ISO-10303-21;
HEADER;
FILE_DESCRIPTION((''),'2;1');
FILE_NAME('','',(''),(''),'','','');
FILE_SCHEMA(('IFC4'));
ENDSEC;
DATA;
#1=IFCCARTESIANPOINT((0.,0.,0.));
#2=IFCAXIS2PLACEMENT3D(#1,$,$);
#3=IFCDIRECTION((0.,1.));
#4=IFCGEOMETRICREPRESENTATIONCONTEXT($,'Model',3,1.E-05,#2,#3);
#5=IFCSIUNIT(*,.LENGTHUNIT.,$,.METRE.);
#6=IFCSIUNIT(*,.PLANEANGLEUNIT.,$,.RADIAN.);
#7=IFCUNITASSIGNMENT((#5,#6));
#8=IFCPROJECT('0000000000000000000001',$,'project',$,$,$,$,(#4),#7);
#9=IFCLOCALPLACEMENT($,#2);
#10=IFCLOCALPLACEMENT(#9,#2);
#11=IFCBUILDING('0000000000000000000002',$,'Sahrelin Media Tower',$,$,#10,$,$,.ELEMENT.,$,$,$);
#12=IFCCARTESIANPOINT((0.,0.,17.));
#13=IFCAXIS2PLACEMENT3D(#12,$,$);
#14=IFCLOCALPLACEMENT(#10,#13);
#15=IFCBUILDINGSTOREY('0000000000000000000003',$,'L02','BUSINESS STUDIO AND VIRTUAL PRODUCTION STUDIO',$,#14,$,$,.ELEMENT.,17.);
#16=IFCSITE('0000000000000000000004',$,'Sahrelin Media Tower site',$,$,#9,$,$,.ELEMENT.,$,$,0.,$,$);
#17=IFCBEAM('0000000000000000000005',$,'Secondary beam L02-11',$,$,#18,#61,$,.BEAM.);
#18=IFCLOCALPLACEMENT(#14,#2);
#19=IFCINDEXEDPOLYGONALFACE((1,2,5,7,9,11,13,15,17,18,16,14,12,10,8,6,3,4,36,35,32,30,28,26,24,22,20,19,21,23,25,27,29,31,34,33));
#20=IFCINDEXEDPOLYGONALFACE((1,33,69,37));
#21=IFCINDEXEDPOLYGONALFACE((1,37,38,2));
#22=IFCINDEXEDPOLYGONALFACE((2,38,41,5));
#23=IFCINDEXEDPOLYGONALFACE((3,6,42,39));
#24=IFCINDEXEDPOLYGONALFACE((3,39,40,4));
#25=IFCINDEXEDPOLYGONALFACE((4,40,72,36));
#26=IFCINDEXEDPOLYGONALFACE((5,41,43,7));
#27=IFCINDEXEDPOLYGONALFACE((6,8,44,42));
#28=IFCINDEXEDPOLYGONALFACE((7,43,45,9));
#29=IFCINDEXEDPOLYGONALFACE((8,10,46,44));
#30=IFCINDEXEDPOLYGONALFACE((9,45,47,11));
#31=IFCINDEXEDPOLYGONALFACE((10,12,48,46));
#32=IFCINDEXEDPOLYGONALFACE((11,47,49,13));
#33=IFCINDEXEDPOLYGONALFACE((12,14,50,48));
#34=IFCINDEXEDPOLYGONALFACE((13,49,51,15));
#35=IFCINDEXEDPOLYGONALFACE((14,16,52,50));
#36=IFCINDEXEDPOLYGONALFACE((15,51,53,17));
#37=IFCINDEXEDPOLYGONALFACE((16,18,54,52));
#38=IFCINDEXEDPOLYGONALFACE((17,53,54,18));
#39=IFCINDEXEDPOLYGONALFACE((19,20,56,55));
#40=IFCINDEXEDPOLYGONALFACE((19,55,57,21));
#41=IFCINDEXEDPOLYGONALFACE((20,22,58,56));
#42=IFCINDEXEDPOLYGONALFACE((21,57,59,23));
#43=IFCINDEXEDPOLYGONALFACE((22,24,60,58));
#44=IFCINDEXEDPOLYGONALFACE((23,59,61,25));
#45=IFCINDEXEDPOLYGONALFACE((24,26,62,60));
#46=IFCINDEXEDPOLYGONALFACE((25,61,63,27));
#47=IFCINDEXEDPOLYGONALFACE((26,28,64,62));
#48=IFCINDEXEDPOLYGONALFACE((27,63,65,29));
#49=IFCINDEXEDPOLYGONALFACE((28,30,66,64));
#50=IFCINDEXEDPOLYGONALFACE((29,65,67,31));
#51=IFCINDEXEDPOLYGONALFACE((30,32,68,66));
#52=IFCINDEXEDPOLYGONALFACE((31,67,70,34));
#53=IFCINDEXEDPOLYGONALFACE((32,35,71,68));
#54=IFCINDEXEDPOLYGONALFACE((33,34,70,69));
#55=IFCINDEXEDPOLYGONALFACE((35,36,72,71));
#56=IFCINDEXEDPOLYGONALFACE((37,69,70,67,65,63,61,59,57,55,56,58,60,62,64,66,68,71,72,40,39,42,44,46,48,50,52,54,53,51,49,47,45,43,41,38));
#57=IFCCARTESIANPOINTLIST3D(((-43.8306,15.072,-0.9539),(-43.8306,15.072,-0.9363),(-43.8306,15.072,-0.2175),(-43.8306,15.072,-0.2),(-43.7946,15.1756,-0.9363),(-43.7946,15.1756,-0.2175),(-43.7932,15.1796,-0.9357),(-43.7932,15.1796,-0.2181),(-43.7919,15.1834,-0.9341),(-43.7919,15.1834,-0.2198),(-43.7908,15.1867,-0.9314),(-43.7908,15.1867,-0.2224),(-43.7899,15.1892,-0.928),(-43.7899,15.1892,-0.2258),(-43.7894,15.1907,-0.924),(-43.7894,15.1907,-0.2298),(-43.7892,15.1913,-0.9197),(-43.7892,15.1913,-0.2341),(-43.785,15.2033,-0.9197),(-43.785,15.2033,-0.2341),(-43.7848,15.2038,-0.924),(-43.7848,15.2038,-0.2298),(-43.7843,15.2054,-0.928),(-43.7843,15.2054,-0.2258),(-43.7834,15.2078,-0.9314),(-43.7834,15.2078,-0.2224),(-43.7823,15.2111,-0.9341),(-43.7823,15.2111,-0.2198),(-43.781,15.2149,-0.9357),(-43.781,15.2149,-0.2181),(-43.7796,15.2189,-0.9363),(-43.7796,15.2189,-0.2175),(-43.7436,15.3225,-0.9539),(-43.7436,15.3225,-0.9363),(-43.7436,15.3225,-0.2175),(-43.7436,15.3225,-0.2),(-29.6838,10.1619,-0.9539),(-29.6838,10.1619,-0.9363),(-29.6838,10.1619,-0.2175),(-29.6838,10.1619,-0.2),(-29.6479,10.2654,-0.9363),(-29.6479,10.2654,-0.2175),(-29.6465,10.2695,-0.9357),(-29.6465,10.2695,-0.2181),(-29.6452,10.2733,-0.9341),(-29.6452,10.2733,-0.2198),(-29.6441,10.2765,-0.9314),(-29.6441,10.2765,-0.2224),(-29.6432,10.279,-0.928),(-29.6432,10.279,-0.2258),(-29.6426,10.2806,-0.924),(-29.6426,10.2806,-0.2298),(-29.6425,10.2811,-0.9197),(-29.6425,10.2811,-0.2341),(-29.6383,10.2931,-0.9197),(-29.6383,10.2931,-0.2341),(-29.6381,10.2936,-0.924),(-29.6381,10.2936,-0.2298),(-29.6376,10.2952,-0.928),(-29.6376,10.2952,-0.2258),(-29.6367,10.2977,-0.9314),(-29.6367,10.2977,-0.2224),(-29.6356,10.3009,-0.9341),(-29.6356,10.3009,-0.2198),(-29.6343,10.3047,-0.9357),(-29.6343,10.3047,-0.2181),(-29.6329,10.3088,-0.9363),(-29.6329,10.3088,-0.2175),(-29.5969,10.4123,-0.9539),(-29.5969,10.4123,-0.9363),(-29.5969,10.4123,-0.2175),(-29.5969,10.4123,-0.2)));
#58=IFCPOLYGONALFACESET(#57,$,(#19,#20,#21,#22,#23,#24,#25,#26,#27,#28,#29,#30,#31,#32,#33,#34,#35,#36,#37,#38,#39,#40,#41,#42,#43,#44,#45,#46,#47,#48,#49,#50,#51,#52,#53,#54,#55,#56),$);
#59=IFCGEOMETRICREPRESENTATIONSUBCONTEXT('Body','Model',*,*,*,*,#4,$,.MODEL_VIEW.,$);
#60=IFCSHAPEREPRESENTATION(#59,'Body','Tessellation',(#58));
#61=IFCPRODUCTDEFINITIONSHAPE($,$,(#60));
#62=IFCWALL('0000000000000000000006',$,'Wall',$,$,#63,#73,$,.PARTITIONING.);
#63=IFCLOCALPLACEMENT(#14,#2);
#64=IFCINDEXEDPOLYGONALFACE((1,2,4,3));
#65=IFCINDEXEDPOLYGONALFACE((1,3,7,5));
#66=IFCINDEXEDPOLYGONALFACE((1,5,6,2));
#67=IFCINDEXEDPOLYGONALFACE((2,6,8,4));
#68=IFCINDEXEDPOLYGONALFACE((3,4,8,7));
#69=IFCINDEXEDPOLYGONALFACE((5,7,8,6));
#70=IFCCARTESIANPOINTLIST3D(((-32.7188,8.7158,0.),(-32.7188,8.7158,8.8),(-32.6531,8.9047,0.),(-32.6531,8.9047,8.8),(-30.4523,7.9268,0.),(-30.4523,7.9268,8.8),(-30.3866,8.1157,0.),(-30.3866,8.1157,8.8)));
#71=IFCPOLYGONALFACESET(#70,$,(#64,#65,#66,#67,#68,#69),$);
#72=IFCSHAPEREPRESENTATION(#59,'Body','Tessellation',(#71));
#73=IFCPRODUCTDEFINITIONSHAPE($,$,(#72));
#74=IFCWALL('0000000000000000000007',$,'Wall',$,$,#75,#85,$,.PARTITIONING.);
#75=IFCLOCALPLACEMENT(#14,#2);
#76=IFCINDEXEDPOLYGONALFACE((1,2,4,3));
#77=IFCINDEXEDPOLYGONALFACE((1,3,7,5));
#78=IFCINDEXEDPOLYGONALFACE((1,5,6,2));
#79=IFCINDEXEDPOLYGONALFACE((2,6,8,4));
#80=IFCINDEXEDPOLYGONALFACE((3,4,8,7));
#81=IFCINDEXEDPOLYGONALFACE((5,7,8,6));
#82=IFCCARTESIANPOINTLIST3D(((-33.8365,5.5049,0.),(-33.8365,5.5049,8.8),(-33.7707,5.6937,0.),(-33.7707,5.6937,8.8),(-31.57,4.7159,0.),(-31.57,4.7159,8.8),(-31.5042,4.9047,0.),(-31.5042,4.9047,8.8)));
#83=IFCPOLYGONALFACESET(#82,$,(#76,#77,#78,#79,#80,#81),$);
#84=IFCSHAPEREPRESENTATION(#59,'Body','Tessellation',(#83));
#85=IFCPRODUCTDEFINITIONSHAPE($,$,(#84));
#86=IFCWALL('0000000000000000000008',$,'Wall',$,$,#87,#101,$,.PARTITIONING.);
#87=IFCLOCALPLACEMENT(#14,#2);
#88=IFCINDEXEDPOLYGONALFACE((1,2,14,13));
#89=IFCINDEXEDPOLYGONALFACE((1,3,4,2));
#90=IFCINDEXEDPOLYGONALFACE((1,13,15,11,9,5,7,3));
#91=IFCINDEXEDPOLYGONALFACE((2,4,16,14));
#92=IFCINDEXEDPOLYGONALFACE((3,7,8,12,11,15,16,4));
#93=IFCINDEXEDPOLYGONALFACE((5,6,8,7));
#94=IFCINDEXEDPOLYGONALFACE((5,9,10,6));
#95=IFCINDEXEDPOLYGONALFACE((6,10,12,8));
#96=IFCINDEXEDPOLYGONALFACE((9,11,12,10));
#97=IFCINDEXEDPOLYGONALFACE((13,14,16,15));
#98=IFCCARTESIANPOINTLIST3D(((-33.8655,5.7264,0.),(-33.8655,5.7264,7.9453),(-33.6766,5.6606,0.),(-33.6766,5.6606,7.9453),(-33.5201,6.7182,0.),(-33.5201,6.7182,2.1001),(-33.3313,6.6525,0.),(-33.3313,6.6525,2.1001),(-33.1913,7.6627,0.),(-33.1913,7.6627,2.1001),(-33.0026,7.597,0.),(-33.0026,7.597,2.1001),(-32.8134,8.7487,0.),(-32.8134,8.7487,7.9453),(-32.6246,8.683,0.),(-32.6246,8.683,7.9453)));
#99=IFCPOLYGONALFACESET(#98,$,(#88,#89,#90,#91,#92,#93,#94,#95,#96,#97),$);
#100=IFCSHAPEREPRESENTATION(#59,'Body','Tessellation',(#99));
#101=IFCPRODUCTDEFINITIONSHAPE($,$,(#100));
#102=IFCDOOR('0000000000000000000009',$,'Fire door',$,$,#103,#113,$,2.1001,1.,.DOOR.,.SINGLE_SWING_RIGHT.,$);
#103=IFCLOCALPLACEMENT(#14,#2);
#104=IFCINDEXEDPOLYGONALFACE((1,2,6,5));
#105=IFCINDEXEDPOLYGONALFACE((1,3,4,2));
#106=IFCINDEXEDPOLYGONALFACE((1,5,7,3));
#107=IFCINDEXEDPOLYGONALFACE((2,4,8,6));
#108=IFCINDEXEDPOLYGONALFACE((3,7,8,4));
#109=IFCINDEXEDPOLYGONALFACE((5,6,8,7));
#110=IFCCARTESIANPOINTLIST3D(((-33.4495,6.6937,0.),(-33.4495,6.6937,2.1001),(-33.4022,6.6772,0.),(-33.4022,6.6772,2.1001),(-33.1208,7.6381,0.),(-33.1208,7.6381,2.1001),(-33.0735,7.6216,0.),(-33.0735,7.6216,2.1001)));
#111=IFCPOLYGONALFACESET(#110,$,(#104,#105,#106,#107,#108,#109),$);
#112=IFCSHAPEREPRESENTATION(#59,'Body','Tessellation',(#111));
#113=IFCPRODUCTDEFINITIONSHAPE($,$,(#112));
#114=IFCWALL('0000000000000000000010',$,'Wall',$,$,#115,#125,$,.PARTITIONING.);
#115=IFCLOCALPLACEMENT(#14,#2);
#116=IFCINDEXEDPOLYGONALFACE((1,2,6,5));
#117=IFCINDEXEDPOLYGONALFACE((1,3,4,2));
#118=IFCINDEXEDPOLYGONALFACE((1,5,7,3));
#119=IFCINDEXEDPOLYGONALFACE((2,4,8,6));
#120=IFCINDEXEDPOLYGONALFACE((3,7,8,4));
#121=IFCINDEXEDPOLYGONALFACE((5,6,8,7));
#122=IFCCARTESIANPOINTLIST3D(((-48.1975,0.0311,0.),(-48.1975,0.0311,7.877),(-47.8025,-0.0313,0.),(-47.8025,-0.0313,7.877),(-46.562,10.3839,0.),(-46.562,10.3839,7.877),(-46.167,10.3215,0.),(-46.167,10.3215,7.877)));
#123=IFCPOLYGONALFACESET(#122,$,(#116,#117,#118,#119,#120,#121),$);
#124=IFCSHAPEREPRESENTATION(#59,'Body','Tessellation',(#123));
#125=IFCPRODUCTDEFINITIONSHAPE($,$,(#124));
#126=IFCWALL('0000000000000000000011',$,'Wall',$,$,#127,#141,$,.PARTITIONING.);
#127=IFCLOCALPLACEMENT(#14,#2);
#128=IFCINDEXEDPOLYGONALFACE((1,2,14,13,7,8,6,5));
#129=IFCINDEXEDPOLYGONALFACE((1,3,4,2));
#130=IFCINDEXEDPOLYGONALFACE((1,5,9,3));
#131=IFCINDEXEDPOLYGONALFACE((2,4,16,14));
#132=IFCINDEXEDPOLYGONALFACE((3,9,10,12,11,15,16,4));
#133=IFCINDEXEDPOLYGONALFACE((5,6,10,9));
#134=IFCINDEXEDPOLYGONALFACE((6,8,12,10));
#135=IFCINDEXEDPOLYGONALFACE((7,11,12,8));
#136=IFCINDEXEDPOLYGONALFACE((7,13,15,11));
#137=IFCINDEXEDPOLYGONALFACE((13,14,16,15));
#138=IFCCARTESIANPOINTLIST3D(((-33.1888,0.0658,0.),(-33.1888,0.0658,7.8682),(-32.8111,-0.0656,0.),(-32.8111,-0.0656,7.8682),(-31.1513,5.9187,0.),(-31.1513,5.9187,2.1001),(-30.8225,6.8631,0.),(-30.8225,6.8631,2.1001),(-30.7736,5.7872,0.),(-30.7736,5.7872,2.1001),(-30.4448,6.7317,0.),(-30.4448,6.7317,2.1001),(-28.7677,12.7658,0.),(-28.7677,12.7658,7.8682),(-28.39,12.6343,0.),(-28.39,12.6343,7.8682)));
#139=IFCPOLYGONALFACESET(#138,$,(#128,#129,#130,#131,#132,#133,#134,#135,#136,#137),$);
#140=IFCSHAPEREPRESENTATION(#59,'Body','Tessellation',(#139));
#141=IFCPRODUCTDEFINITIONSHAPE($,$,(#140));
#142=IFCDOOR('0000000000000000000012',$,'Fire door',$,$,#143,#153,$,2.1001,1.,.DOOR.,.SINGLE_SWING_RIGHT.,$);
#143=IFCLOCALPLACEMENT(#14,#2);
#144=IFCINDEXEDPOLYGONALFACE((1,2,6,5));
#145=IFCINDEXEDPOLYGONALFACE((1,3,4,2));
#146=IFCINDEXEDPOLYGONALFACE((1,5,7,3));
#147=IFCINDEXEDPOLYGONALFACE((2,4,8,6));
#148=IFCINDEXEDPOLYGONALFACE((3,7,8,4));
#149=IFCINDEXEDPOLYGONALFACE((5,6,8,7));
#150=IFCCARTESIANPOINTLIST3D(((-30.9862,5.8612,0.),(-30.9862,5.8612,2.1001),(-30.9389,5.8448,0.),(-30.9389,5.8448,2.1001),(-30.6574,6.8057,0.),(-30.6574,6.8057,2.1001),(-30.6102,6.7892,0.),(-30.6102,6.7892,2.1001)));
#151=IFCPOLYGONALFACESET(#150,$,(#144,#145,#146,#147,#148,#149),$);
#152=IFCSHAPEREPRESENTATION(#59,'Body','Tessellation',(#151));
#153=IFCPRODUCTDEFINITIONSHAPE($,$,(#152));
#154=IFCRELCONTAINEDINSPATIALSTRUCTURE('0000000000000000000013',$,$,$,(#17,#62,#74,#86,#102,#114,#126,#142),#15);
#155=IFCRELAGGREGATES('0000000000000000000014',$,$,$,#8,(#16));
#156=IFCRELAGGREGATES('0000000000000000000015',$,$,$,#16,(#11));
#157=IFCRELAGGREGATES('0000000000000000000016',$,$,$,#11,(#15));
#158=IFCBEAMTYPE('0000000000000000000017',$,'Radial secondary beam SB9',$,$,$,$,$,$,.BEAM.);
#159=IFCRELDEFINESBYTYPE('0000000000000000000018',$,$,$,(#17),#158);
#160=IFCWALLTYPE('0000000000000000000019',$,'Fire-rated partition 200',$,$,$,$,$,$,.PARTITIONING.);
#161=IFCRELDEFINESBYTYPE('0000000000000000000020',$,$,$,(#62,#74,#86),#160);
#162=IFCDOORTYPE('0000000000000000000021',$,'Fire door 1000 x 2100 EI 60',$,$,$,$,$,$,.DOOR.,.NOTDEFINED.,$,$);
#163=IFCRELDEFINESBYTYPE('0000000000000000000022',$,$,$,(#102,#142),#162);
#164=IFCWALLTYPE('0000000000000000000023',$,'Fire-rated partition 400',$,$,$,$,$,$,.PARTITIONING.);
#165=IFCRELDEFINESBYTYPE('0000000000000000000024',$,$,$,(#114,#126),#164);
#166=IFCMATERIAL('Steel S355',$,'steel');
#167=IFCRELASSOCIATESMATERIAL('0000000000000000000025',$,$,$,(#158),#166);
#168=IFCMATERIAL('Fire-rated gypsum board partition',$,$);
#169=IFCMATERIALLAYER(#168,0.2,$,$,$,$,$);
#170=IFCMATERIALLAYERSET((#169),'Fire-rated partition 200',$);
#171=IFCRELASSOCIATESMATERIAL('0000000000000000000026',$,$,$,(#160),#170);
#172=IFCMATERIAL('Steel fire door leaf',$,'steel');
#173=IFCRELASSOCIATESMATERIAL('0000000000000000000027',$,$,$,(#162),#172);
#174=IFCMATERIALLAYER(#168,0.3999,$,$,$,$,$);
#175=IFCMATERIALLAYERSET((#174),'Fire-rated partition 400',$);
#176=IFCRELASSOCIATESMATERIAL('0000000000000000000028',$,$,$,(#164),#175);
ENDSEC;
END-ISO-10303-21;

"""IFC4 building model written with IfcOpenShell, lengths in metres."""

from ifc_helpers import new_model, si_unit, direction, frame, frame_2d, origin, origin_2d, place, context, subcontext, project, spatial, rectangle, i_section, extrude, material, layer, layer_set, material_profile, profile_set, type_object, element, fill, save


model = new_model("IFC4")

# Units and contexts
model_context = context("Model", 3, precision=1e-05, world=origin(), true_north=direction((0.0, 1.0)))
body_context = subcontext(model_context, "Body", "Model", "MODEL_VIEW")
ifc_project = project(units=[si_unit("LENGTHUNIT", "METRE"), si_unit("PLANEANGLEUNIT", "RADIAN")], contexts=[model_context])

# Site, building, storey
site_placement = place(None, origin())
site = spatial("IfcSite", under=ifc_project, at=site_placement, Name="Sahrelin Media Tower site", CompositionType="ELEMENT", RefElevation=0.0)
building_placement = place(site_placement, origin())
building = spatial("IfcBuilding", under=site, at=building_placement, Name="Sahrelin Media Tower", CompositionType="ELEMENT")
storey_placement = place(building_placement, frame((0.0, 0.0, 17.0)))
storey = spatial("IfcBuildingStorey", under=building, at=storey_placement, Name="L02", Description="BUSINESS STUDIO AND VIRTUAL PRODUCTION STUDIO", CompositionType="ELEMENT", Elevation=17.0)

# Beam
ifc_material_1 = material(Name="Steel S355", Category="steel")
ifc_material_profile_1 = material_profile(ifc_material_1, i_section(OverallWidth=0.2651, OverallDepth=0.7539, WebThickness=0.0127, FlangeThickness=0.0176, FilletRadius=0.0166, at=origin_2d()), Name="UB 762x267x147")
ifc_profile_set_1 = profile_set([ifc_material_profile_1], Name="Steel S355")
beam_type_1 = type_object("IfcBeamType", Name="Radial secondary beam SB9", PredefinedType="BEAM", material=ifc_profile_set_1)
beam_1_placement = place(storey_placement, frame((-29.6404, 10.2871, -0.5769), z_axis=(-0.944713, 0.327898, 0.0), x_axis=(-0.327898, -0.944713, 0.0)))
element("IfcBeam", 1, at=beam_1_placement, inside=storey, type_object=beam_type_1, Name="Secondary beam L02-11", PredefinedType="BEAM", context=body_context, shape_type="SweptSolid", body=[
    extrude(i_section(OverallWidth=0.2651, OverallDepth=0.7539, WebThickness=0.0127, FlangeThickness=0.0176, FilletRadius=0.0166, at=origin_2d()), origin(), (0.0, 0.0, 1.0), 14.9746),
])

# Walls
ifc_material_2 = material(Name="Fire-rated gypsum board partition")
ifc_layer_1 = layer(ifc_material_2, 0.2)
ifc_layer_set_1 = layer_set([ifc_layer_1], Name="Fire-rated partition 200")
wall_type_1 = type_object("IfcWallType", Name="Fire-rated partition 200", PredefinedType="PARTITIONING", material=ifc_layer_set_1)
for number, where, z_axis, x_axis, name in (
    (2, (-30.4194, 8.0212, 0.0), (0.0, 0.0, 1.0), (-0.944409, 0.328773, 0.0), "Wall"),
    (3, (-31.5371, 4.8103, 0.0), (0.0, 0.0, 1.0), (-0.944409, 0.328773, 0.0), "Wall"),
):
    element("IfcWall", number, at=place(storey_placement, frame(where, z_axis=z_axis, x_axis=x_axis)), inside=storey, type_object=wall_type_1, Name=name, PredefinedType="PARTITIONING", context=body_context, shape_type="SweptSolid", body=[
        extrude(rectangle(XDim=2.3999, YDim=0.2, at=frame_2d((1.2, 0.0))), origin(), (0.0, 0.0, 1.0), 8.8),
    ])

# Wall, opening, door
wall_1_placement = place(storey_placement, frame((-32.719, 8.7158, 0.0), z_axis=(0.0, 0.0, 1.0), x_axis=(-0.328743, -0.94442, 0.0)))
wall_1 = element("IfcWall", 4, at=wall_1_placement, inside=storey, type_object=wall_type_1, Name="Wall", PredefinedType="PARTITIONING", context=body_context, shape_type="SweptSolid", body=[
    extrude(rectangle(XDim=3.2002, YDim=0.2, at=frame_2d((1.6001, 0.0))), origin(), (0.0, 0.0, 1.0), 7.9453),
])
opening_1_placement = place(wall_1_placement, frame((1.1499, 0.0, 0.0)))
opening_1 = element("IfcOpeningElement", 5, at=opening_1_placement, cuts=wall_1, PredefinedType="OPENING", context=body_context, shape_type="SweptSolid", body=[
    extrude(rectangle(XDim=1.0, YDim=2.1001, at=frame_2d((0.5, 1.05))), frame((0.0, 0.1001, 0.0), z_axis=(0.0, -1.0, 0.0), x_axis=(1.0, 0.0, 0.0)), (0.0, 0.0, 1.0), 0.2),
])
ifc_material_3 = material(Name="Steel fire door leaf", Category="steel")
door_type_1 = type_object("IfcDoorType", Name="Fire door 1000 x 2100 EI 60", OperationType="NOTDEFINED", PredefinedType="DOOR", material=ifc_material_3)
door_1_placement = place(opening_1_placement, origin())
door_1 = element("IfcDoor", 6, at=door_1_placement, inside=storey, type_object=door_type_1, Name="Fire door", OperationType="SINGLE_SWING_RIGHT", OverallHeight=2.1001, OverallWidth=1.0, PredefinedType="DOOR", context=body_context, shape_type="SweptSolid", body=[
    extrude(rectangle(XDim=1.0, YDim=2.1001, at=frame_2d((0.5, 1.05))), frame((0.0, 0.0249, 0.0), z_axis=(0.0, -1.0, 0.0), x_axis=(1.0, 0.0, 0.0)), (0.0, 0.0, 1.0), 0.05),
])
fill(opening_1, door_1)

# Wall
ifc_layer_2 = layer(ifc_material_2, 0.3999)
ifc_layer_set_2 = layer_set([ifc_layer_2], Name="Fire-rated partition 400")
wall_type_2 = type_object("IfcWallType", Name="Fire-rated partition 400", PredefinedType="PARTITIONING", material=ifc_layer_set_2)
wall_2_placement = place(storey_placement, frame((-46.3645, 10.3528, 0.0), z_axis=(0.0, 0.0, 1.0), x_axis=(-0.156042, -0.98775, 0.0)))
element("IfcWall", 7, at=wall_2_placement, inside=storey, type_object=wall_type_2, Name="Wall", PredefinedType="PARTITIONING", context=body_context, shape_type="SweptSolid", body=[
    extrude(rectangle(XDim=10.4812, YDim=0.3999, at=frame_2d((5.2407, 0.0))), origin(), (0.0, 0.0, 1.0), 7.877),
])

# Wall, opening, door
wall_3_placement = place(storey_placement, frame((-28.5789, 12.7, 0.0), z_axis=(0.0, 0.0, 1.0), x_axis=(-0.328771, -0.94441, 0.0)))
wall_3 = element("IfcWall", 8, at=wall_3_placement, inside=storey, type_object=wall_type_2, Name="Wall", PredefinedType="PARTITIONING", context=body_context, shape_type="SweptSolid", body=[
    extrude(rectangle(XDim=13.4475, YDim=0.3999, at=frame_2d((6.7236, 0.0))), origin(), (0.0, 0.0, 1.0), 7.8682),
])
opening_2_placement = place(wall_3_placement, frame((6.25, 0.0, 0.0)))
opening_2 = element("IfcOpeningElement", 9, at=opening_2_placement, cuts=wall_3, PredefinedType="OPENING", context=body_context, shape_type="SweptSolid", body=[
    extrude(rectangle(XDim=1.0, YDim=2.1001, at=frame_2d((0.5, 1.05))), frame((0.0, 0.2, 0.0), z_axis=(0.0, -1.0, 0.0), x_axis=(1.0, 0.0, 0.0)), (0.0, 0.0, 1.0), 0.3999),
])
door_2_placement = place(opening_2_placement, origin())
door_2 = element("IfcDoor", 10, at=door_2_placement, inside=storey, type_object=door_type_1, Name="Fire door", OperationType="SINGLE_SWING_RIGHT", OverallHeight=2.1001, OverallWidth=1.0, PredefinedType="DOOR", context=body_context, shape_type="SweptSolid", body=[
    extrude(rectangle(XDim=1.0, YDim=2.1001, at=frame_2d((0.5, 1.05))), frame((0.0, 0.0249, 0.0), z_axis=(0.0, -1.0, 0.0), x_axis=(1.0, 0.0, 0.0)), (0.0, 0.0, 1.0), 0.05),
])
fill(opening_2, door_2)

save(model, "model.ifc")
